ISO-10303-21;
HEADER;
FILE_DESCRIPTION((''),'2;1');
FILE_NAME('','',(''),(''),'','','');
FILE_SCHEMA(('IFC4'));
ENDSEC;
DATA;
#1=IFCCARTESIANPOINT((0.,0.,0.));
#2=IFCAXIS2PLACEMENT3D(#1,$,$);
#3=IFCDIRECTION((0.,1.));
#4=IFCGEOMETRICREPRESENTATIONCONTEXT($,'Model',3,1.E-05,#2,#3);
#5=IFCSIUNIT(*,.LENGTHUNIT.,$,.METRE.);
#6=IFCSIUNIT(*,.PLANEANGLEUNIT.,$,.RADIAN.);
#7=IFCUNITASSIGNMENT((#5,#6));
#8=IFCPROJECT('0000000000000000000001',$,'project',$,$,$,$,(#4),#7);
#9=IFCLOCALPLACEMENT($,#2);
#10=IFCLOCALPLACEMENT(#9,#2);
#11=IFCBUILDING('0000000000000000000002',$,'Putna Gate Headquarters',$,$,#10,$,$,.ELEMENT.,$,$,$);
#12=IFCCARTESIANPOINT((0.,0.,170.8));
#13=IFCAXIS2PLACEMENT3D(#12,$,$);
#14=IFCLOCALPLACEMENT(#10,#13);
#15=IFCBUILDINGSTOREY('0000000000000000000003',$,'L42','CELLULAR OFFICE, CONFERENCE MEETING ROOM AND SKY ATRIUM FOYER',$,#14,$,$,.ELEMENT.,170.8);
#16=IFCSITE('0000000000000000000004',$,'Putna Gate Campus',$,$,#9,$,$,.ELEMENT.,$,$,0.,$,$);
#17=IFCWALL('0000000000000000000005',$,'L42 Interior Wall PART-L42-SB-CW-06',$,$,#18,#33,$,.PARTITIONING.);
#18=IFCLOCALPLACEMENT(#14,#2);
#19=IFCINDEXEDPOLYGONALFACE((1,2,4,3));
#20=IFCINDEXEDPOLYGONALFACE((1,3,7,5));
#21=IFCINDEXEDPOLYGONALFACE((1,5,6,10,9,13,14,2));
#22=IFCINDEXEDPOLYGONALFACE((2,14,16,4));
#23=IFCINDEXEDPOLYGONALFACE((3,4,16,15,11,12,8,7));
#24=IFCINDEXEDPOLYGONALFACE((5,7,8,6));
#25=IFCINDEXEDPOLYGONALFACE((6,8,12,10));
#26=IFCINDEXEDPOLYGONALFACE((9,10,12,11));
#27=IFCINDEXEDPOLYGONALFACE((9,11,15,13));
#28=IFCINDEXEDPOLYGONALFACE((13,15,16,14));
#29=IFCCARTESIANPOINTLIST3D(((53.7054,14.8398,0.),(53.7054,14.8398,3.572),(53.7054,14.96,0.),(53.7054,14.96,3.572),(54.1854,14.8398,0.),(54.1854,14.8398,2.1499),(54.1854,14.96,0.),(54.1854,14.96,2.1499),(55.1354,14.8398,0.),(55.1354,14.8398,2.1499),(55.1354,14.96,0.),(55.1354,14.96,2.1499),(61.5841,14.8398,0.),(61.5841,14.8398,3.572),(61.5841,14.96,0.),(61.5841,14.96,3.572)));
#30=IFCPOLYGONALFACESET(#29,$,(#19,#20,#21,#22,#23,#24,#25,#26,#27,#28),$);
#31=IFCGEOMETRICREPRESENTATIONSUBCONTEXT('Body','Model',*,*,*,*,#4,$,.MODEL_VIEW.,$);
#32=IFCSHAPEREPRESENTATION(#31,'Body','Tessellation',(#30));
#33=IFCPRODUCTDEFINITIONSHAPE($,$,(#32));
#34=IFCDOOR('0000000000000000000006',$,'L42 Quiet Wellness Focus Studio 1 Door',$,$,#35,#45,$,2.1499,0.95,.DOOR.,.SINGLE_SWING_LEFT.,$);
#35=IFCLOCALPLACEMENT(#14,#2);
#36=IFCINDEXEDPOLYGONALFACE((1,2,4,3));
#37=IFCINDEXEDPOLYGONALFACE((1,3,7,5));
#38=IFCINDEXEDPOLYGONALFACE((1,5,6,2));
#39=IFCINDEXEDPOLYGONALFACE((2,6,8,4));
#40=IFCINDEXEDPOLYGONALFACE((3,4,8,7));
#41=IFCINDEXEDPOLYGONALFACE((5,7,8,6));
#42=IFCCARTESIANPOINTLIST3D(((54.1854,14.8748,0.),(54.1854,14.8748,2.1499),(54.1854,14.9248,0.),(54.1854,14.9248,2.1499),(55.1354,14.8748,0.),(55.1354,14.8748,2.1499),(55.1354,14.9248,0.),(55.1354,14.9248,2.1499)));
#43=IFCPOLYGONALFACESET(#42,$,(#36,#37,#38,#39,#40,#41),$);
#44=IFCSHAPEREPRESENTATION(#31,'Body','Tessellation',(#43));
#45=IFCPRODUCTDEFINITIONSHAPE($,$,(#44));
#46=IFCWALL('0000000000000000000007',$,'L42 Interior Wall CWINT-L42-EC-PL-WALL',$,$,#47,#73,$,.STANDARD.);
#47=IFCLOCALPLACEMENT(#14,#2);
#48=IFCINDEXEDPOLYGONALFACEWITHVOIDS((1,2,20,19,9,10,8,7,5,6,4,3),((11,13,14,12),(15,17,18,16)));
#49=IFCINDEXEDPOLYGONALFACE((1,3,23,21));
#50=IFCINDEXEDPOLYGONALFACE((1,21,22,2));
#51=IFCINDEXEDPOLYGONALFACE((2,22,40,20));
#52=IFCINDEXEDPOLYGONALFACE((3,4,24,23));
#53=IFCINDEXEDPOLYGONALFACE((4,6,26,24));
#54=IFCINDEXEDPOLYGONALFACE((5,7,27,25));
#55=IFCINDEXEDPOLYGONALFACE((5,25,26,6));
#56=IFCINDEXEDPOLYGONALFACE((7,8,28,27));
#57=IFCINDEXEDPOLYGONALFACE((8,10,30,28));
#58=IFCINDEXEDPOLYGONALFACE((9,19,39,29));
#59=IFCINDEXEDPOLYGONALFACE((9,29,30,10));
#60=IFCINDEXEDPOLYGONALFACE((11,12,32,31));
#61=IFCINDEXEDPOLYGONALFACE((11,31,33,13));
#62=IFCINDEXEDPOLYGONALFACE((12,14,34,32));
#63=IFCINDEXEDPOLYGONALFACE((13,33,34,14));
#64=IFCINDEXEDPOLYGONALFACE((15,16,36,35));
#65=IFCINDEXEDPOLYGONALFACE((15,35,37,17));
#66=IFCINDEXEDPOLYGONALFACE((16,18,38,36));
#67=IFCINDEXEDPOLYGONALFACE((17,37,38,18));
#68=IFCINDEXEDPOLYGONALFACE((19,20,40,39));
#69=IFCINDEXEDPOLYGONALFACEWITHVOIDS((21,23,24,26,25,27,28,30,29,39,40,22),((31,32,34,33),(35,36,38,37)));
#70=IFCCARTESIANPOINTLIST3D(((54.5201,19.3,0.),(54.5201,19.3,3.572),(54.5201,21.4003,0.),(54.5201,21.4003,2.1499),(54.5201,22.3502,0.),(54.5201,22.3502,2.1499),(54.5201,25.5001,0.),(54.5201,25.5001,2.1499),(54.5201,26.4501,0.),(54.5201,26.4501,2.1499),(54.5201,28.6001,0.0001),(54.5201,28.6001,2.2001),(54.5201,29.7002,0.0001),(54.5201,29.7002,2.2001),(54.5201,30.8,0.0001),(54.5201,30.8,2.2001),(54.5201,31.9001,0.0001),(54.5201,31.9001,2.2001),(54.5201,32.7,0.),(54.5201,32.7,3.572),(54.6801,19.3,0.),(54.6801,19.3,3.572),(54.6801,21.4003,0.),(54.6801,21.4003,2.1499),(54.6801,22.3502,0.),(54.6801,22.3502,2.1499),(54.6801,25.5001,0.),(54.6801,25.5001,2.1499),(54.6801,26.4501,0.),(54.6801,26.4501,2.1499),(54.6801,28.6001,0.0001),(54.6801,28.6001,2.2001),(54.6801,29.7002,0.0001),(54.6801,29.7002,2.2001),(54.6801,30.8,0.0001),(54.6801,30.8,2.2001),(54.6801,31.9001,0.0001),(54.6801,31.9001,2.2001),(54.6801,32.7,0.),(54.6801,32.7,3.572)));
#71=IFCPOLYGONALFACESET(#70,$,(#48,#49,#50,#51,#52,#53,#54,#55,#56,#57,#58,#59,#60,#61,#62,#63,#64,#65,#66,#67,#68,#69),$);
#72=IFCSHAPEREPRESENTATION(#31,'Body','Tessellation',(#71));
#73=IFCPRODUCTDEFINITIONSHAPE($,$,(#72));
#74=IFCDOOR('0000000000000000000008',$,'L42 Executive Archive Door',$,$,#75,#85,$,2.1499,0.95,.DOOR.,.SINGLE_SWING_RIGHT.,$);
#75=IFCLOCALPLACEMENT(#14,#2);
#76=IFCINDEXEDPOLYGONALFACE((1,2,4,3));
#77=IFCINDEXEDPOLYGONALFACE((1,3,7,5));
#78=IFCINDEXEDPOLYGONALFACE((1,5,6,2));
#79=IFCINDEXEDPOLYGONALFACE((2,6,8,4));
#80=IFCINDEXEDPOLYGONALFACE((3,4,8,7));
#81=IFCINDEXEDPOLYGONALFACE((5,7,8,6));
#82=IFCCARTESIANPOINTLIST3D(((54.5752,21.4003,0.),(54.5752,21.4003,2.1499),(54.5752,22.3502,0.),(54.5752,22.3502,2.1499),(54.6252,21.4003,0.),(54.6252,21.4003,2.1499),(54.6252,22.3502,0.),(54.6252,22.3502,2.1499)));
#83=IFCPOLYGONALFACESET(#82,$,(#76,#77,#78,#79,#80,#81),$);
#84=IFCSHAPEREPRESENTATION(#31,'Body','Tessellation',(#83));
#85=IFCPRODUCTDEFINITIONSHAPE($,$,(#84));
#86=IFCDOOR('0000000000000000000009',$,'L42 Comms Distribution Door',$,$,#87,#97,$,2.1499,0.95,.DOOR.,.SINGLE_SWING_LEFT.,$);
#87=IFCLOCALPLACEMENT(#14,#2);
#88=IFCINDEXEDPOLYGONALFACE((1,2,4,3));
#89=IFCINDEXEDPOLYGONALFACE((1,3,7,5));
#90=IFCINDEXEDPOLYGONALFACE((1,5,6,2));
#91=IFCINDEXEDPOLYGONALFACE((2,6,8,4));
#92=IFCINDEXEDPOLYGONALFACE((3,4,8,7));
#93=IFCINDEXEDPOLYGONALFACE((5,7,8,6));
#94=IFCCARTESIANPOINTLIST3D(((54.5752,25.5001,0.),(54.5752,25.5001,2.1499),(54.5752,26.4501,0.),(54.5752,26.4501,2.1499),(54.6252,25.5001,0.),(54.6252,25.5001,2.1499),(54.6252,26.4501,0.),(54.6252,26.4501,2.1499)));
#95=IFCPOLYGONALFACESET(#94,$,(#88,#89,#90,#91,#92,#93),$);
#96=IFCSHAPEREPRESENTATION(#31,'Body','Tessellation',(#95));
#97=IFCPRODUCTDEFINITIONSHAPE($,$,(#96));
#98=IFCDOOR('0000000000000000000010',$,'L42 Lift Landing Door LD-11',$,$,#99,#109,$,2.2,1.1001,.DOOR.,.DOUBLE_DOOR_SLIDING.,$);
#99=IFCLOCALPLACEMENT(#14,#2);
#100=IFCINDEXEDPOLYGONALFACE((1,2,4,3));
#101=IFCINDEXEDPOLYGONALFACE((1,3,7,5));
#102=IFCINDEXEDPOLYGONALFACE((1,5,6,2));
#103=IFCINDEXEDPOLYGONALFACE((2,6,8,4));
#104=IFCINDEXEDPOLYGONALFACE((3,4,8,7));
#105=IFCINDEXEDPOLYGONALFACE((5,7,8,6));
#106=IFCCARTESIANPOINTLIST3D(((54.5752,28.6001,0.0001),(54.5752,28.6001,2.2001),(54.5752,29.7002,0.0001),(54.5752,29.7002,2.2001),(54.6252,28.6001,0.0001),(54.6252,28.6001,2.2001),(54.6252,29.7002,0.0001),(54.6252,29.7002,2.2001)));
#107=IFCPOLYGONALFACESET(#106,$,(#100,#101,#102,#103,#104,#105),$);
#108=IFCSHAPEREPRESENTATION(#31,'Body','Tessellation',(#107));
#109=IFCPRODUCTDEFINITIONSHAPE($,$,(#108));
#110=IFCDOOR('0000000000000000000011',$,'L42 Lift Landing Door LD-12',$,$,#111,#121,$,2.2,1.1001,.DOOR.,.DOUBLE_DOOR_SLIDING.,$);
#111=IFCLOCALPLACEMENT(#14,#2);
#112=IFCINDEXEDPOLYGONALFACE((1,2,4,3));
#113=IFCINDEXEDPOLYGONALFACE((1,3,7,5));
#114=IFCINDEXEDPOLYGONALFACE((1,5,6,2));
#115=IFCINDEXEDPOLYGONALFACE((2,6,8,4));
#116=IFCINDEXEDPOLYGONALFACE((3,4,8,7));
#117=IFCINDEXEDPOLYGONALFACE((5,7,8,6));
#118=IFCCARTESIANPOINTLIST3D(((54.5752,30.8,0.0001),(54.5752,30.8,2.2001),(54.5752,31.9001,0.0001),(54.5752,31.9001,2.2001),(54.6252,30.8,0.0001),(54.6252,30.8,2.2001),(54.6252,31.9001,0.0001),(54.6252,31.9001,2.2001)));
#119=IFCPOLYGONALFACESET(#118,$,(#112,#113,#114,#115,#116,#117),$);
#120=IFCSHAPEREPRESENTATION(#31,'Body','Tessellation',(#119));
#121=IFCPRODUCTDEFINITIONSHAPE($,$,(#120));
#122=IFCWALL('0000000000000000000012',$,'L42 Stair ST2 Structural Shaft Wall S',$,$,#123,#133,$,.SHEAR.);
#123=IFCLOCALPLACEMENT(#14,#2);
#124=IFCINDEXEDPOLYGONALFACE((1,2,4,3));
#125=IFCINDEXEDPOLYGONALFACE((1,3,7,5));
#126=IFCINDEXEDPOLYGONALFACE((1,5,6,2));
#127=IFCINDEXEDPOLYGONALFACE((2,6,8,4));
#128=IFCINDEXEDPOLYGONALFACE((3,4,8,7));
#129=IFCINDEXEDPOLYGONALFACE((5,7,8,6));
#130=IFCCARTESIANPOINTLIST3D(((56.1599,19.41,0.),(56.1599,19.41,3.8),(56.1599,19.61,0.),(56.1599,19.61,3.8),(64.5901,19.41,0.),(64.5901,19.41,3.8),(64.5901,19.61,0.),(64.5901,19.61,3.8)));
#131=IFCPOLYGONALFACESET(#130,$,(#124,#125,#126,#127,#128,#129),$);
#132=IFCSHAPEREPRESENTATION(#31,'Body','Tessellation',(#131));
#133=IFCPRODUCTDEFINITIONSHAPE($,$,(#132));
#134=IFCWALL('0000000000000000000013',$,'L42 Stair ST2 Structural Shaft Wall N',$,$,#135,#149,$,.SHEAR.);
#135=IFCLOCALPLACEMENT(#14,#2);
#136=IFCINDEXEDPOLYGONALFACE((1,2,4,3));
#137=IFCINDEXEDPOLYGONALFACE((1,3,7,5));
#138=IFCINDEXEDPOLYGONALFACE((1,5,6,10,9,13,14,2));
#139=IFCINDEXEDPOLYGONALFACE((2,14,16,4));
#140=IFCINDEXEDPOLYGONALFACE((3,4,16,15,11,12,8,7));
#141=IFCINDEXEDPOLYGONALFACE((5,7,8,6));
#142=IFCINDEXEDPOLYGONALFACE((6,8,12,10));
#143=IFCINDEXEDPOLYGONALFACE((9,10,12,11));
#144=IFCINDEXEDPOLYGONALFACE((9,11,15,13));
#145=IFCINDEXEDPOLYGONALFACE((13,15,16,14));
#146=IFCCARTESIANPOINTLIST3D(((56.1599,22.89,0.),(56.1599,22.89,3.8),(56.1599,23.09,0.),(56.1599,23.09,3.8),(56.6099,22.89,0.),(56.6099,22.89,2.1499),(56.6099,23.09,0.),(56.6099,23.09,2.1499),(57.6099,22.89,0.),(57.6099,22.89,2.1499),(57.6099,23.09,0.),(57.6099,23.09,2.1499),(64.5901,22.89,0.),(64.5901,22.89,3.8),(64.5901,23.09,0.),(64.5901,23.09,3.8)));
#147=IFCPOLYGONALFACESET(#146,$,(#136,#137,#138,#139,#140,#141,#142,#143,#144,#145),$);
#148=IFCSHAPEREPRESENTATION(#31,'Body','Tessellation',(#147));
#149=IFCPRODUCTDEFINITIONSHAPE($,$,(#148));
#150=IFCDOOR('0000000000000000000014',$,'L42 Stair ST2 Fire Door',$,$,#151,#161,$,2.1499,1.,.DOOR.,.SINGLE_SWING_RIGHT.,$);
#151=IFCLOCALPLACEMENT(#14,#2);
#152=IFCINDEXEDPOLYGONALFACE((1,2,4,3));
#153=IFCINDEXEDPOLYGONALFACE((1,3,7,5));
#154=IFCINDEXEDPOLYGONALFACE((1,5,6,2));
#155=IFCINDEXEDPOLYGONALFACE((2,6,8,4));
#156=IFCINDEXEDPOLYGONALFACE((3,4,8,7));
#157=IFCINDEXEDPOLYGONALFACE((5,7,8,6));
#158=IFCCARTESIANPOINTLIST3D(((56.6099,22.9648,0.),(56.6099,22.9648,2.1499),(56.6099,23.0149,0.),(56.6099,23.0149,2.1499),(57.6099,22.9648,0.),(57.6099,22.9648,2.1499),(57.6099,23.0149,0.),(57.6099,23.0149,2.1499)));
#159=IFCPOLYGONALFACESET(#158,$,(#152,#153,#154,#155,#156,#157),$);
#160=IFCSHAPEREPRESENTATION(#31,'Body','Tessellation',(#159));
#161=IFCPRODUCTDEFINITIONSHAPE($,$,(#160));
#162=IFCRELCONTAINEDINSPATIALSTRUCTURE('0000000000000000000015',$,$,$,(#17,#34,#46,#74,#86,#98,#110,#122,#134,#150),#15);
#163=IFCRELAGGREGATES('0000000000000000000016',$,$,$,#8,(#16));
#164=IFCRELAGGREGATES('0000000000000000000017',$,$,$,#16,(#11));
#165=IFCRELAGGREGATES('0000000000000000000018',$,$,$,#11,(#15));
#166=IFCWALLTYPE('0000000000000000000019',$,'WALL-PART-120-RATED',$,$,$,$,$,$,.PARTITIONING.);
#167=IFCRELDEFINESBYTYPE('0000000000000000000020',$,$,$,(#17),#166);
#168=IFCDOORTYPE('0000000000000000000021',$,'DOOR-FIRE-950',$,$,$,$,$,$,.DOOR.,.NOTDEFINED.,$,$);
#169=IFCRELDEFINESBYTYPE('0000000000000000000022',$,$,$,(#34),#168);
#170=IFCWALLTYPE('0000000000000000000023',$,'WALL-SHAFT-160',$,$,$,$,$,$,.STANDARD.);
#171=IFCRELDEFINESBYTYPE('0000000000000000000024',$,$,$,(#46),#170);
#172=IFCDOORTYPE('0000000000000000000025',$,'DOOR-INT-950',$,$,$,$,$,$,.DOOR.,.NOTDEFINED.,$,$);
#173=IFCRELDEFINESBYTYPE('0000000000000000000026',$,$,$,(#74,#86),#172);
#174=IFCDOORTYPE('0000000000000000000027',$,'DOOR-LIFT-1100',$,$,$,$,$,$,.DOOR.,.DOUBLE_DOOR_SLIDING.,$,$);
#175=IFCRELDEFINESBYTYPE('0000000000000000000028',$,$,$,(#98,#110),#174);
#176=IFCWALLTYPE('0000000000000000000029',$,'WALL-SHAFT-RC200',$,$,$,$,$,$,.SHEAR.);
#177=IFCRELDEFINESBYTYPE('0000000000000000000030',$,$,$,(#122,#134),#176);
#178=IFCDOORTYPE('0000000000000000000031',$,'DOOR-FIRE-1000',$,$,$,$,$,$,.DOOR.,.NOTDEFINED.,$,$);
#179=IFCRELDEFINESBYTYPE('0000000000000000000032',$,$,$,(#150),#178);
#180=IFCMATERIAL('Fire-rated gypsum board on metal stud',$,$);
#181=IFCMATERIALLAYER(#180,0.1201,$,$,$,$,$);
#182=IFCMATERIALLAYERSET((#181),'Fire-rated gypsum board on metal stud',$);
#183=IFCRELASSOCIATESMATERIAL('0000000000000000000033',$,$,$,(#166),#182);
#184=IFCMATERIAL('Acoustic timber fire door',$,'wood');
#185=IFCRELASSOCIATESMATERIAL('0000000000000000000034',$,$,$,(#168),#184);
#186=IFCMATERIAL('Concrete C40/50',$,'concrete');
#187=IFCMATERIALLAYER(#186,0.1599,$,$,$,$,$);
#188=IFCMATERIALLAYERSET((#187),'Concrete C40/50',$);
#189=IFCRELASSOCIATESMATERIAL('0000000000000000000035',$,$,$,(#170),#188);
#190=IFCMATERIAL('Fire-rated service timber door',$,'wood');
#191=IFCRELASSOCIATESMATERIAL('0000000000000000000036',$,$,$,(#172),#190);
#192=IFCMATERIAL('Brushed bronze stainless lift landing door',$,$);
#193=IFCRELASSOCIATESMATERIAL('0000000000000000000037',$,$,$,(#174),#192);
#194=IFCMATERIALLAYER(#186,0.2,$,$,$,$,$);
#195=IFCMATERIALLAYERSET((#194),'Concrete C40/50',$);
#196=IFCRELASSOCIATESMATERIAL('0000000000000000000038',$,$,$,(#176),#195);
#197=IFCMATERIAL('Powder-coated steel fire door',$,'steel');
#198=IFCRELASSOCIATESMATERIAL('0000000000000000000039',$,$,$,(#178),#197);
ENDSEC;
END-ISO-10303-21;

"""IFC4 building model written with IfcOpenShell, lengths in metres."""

from ifc_helpers import new_model, si_unit, direction, frame, frame_2d, origin, place, context, subcontext, project, spatial, rectangle, extrude, material, layer, layer_set, type_object, element, fill, save


model = new_model("IFC4")

# Units and contexts
model_context = context("Model", 3, precision=1e-05, world=origin(), true_north=direction((0.0, 1.0)))
body_context = subcontext(model_context, "Body", "Model", "MODEL_VIEW")
ifc_project = project(units=[si_unit("LENGTHUNIT", "METRE"), si_unit("PLANEANGLEUNIT", "RADIAN")], contexts=[model_context])

# Site, building, storey
site_placement = place(None, origin())
site = spatial("IfcSite", under=ifc_project, at=site_placement, Name="Putna Gate Campus", CompositionType="ELEMENT", RefElevation=0.0)
building_placement = place(site_placement, origin())
building = spatial("IfcBuilding", under=site, at=building_placement, Name="Putna Gate Headquarters", CompositionType="ELEMENT")
storey_placement = place(building_placement, frame((0.0, 0.0, 170.8)))
storey = spatial("IfcBuildingStorey", under=building, at=storey_placement, Name="L42", Description="CELLULAR OFFICE, CONFERENCE MEETING ROOM AND SKY ATRIUM FOYER", CompositionType="ELEMENT", Elevation=170.8)

# Wall, opening, door
ifc_material_1 = material(Name="Fire-rated gypsum board on metal stud")
ifc_layer_1 = layer(ifc_material_1, 0.1201)
ifc_layer_set_1 = layer_set([ifc_layer_1], Name="Fire-rated gypsum board on metal stud")
wall_type_1 = type_object("IfcWallType", Name="WALL-PART-120-RATED", PredefinedType="PARTITIONING", material=ifc_layer_set_1)
ifc_material_2 = material(Name="Acoustic timber fire door", Category="wood")
door_type_1 = type_object("IfcDoorType", Name="DOOR-FIRE-950", OperationType="NOTDEFINED", PredefinedType="DOOR", material=ifc_material_2)
wall_1_placement = place(storey_placement, frame((53.7053, 14.8999, 0.0), z_axis=(0.0, 0.0, 1.0), x_axis=(1.0, 0.0, 0.0)))
wall_1 = element("IfcWall", 1, at=wall_1_placement, inside=storey, type_object=wall_type_1, Name="L42 Interior Wall PART-L42-SB-CW-06", PredefinedType="PARTITIONING", context=body_context, shape_type="SweptSolid", body=[
    extrude(rectangle(XDim=7.8787, YDim=0.1201, at=frame_2d((3.9395, 0.0))), origin(), (0.0, 0.0, 1.0), 3.572),
])
opening_1_placement = place(wall_1_placement, frame((0.48, 0.0, 0.0)))
opening_1 = element("IfcOpeningElement", 2, at=opening_1_placement, cuts=wall_1, PredefinedType="OPENING", context=body_context, shape_type="SweptSolid", body=[
    extrude(rectangle(XDim=0.95, YDim=2.1499, at=frame_2d((0.4751, 1.075))), frame((0.0, 0.0701, 0.0), z_axis=(0.0, -1.0, 0.0), x_axis=(1.0, 0.0, 0.0)), (0.0, 0.0, 1.0), 0.1401),
])
door_1_placement = place(opening_1_placement, origin())
door_1 = element("IfcDoor", 3, at=door_1_placement, inside=storey, type_object=door_type_1, Name="L42 Quiet Wellness Focus Studio 1 Door", OperationType="SINGLE_SWING_LEFT", OverallHeight=2.1499, OverallWidth=0.95, PredefinedType="DOOR", context=body_context, shape_type="SweptSolid", body=[
    extrude(rectangle(XDim=0.95, YDim=2.1499, at=frame_2d((0.4751, 1.075))), frame((0.0, 0.0249, 0.0), z_axis=(0.0, -1.0, 0.0), x_axis=(1.0, 0.0, 0.0)), (0.0, 0.0, 1.0), 0.05),
])
fill(opening_1, door_1)

# Wall, openings, doors
ifc_material_3 = material(Name="Concrete C40/50", Category="concrete")
ifc_layer_2 = layer(ifc_material_3, 0.1599)
ifc_layer_set_2 = layer_set([ifc_layer_2], Name="Concrete C40/50")
wall_type_2 = type_object("IfcWallType", Name="WALL-SHAFT-160", PredefinedType="STANDARD", material=ifc_layer_set_2)
wall_2_placement = place(storey_placement, frame((54.6001, 19.3, 0.0), z_axis=(0.0, 0.0, 1.0), x_axis=(0.0, 1.0, 0.0)))
wall_2 = element("IfcWall", 4, at=wall_2_placement, inside=storey, type_object=wall_type_2, Name="L42 Interior Wall CWINT-L42-EC-PL-WALL", PredefinedType="STANDARD", context=body_context, shape_type="SweptSolid", body=[
    extrude(rectangle(XDim=13.3999, YDim=0.1599, at=frame_2d((6.7, 0.0))), origin(), (0.0, 0.0, 1.0), 3.572),
])
opening_2_placement = place(wall_2_placement, frame((2.1001, 0.0, 0.0)))
opening_2 = element("IfcOpeningElement", 5, at=opening_2_placement, cuts=wall_2, PredefinedType="OPENING", context=body_context, shape_type="SweptSolid", body=[
    extrude(rectangle(XDim=0.95, YDim=2.1499, at=frame_2d((0.4751, 1.075))), frame((0.0, 0.0898, 0.0), z_axis=(0.0, -1.0, 0.0), x_axis=(1.0, 0.0, 0.0)), (0.0, 0.0, 1.0), 0.1799),
])
opening_3_placement = place(wall_2_placement, frame((6.2, 0.0, 0.0)))
opening_3 = element("IfcOpeningElement", 6, at=opening_3_placement, cuts=wall_2, PredefinedType="OPENING", context=body_context, shape_type="SweptSolid", body=[
    extrude(rectangle(XDim=0.95, YDim=2.1499, at=frame_2d((0.4751, 1.075))), frame((0.0, 0.0898, 0.0), z_axis=(0.0, -1.0, 0.0), x_axis=(1.0, 0.0, 0.0)), (0.0, 0.0, 1.0), 0.1799),
])
opening_4_placement = place(wall_2_placement, frame((9.3, 0.0, 0.0)))
opening_4 = element("IfcOpeningElement", 7, at=opening_4_placement, cuts=wall_2, PredefinedType="OPENING", context=body_context, shape_type="SweptSolid", body=[
    extrude(rectangle(XDim=1.1001, YDim=2.2, at=frame_2d((0.55, 1.1001))), frame((0.0, 0.0898, 0.0), z_axis=(0.0, -1.0, 0.0), x_axis=(1.0, 0.0, 0.0)), (0.0, 0.0, 1.0), 0.1799),
])
opening_5_placement = place(wall_2_placement, frame((11.5, 0.0, 0.0)))
opening_5 = element("IfcOpeningElement", 8, at=opening_5_placement, cuts=wall_2, PredefinedType="OPENING", context=body_context, shape_type="SweptSolid", body=[
    extrude(rectangle(XDim=1.1001, YDim=2.2, at=frame_2d((0.55, 1.1001))), frame((0.0, 0.0898, 0.0), z_axis=(0.0, -1.0, 0.0), x_axis=(1.0, 0.0, 0.0)), (0.0, 0.0, 1.0), 0.1799),
])
ifc_material_4 = material(Name="Fire-rated service timber door", Category="wood")
door_type_2 = type_object("IfcDoorType", Name="DOOR-INT-950", OperationType="NOTDEFINED", PredefinedType="DOOR", material=ifc_material_4)
door_2_placement = place(opening_2_placement, origin())
door_2 = element("IfcDoor", 9, at=door_2_placement, inside=storey, type_object=door_type_2, Name="L42 Executive Archive Door", OperationType="SINGLE_SWING_RIGHT", OverallHeight=2.1499, OverallWidth=0.95, PredefinedType="DOOR", context=body_context, shape_type="SweptSolid", body=[
    extrude(rectangle(XDim=0.95, YDim=2.1499, at=frame_2d((0.4751, 1.075))), frame((0.0, 0.0249, 0.0), z_axis=(0.0, -1.0, 0.0), x_axis=(1.0, 0.0, 0.0)), (0.0, 0.0, 1.0), 0.05),
])
fill(opening_2, door_2)
door_3_placement = place(opening_3_placement, origin())
door_3 = element("IfcDoor", 10, at=door_3_placement, inside=storey, type_object=door_type_2, Name="L42 Comms Distribution Door", OperationType="SINGLE_SWING_LEFT", OverallHeight=2.1499, OverallWidth=0.95, PredefinedType="DOOR", context=body_context, shape_type="SweptSolid", body=[
    extrude(rectangle(XDim=0.95, YDim=2.1499, at=frame_2d((0.4751, 1.075))), frame((0.0, 0.0249, 0.0), z_axis=(0.0, -1.0, 0.0), x_axis=(1.0, 0.0, 0.0)), (0.0, 0.0, 1.0), 0.05),
])
fill(opening_3, door_3)
ifc_material_5 = material(Name="Brushed bronze stainless lift landing door")
door_type_3 = type_object("IfcDoorType", Name="DOOR-LIFT-1100", OperationType="DOUBLE_DOOR_SLIDING", PredefinedType="DOOR", material=ifc_material_5)
door_4_placement = place(opening_4_placement, origin())
door_4 = element("IfcDoor", 11, at=door_4_placement, inside=storey, type_object=door_type_3, Name="L42 Lift Landing Door LD-11", OperationType="DOUBLE_DOOR_SLIDING", OverallHeight=2.2, OverallWidth=1.1001, PredefinedType="DOOR", context=body_context, shape_type="SweptSolid", body=[
    extrude(rectangle(XDim=1.1001, YDim=2.2, at=frame_2d((0.55, 1.1001))), frame((0.0, 0.0249, 0.0), z_axis=(0.0, -1.0, 0.0), x_axis=(1.0, 0.0, 0.0)), (0.0, 0.0, 1.0), 0.05),
])
fill(opening_4, door_4)
door_5_placement = place(opening_5_placement, origin())
door_5 = element("IfcDoor", 12, at=door_5_placement, inside=storey, type_object=door_type_3, Name="L42 Lift Landing Door LD-12", OperationType="DOUBLE_DOOR_SLIDING", OverallHeight=2.2, OverallWidth=1.1001, PredefinedType="DOOR", context=body_context, shape_type="SweptSolid", body=[
    extrude(rectangle(XDim=1.1001, YDim=2.2, at=frame_2d((0.55, 1.1001))), frame((0.0, 0.0249, 0.0), z_axis=(0.0, -1.0, 0.0), x_axis=(1.0, 0.0, 0.0)), (0.0, 0.0, 1.0), 0.05),
])
fill(opening_5, door_5)

# Wall
ifc_layer_3 = layer(ifc_material_3, 0.2)
ifc_layer_set_3 = layer_set([ifc_layer_3], Name="Concrete C40/50")
wall_type_3 = type_object("IfcWallType", Name="WALL-SHAFT-RC200", PredefinedType="SHEAR", material=ifc_layer_set_3)
wall_3_placement = place(storey_placement, frame((56.1599, 19.51, 0.0), z_axis=(0.0, 0.0, 1.0), x_axis=(1.0, 0.0, 0.0)))
element("IfcWall", 13, at=wall_3_placement, inside=storey, type_object=wall_type_3, Name="L42 Stair ST2 Structural Shaft Wall S", PredefinedType="SHEAR", context=body_context, shape_type="SweptSolid", body=[
    extrude(rectangle(XDim=8.4302, YDim=0.2, at=frame_2d((4.2151, 0.0))), origin(), (0.0, 0.0, 1.0), 3.8),
])

# Wall, opening, door
wall_4_placement = place(storey_placement, frame((56.1599, 22.99, 0.0), z_axis=(0.0, 0.0, 1.0), x_axis=(1.0, 0.0, 0.0)))
wall_4 = element("IfcWall", 14, at=wall_4_placement, inside=storey, type_object=wall_type_3, Name="L42 Stair ST2 Structural Shaft Wall N", PredefinedType="SHEAR", context=body_context, shape_type="SweptSolid", body=[
    extrude(rectangle(XDim=8.4302, YDim=0.2, at=frame_2d((4.2151, 0.0))), origin(), (0.0, 0.0, 1.0), 3.8),
])
opening_6_placement = place(wall_4_placement, frame((0.45, 0.0, 0.0)))
opening_6 = element("IfcOpeningElement", 15, at=opening_6_placement, cuts=wall_4, PredefinedType="OPENING", context=body_context, shape_type="SweptSolid", body=[
    extrude(rectangle(XDim=1.0, YDim=2.1499, at=frame_2d((0.5, 1.075))), frame((0.0, 0.1099, 0.0), z_axis=(0.0, -1.0, 0.0), x_axis=(1.0, 0.0, 0.0)), (0.0, 0.0, 1.0), 0.22),
])
ifc_material_6 = material(Name="Powder-coated steel fire door", Category="steel")
door_type_4 = type_object("IfcDoorType", Name="DOOR-FIRE-1000", OperationType="NOTDEFINED", PredefinedType="DOOR", material=ifc_material_6)
door_6_placement = place(opening_6_placement, origin())
door_6 = element("IfcDoor", 16, at=door_6_placement, inside=storey, type_object=door_type_4, Name="L42 Stair ST2 Fire Door", OperationType="SINGLE_SWING_RIGHT", OverallHeight=2.1499, OverallWidth=1.0, PredefinedType="DOOR", context=body_context, shape_type="SweptSolid", body=[
    extrude(rectangle(XDim=1.0, YDim=2.1499, at=frame_2d((0.5, 1.075))), frame((0.0, 0.0249, 0.0), z_axis=(0.0, -1.0, 0.0), x_axis=(1.0, 0.0, 0.0)), (0.0, 0.0, 1.0), 0.05),
])
fill(opening_6, door_6)

save(model, "model.ifc")
